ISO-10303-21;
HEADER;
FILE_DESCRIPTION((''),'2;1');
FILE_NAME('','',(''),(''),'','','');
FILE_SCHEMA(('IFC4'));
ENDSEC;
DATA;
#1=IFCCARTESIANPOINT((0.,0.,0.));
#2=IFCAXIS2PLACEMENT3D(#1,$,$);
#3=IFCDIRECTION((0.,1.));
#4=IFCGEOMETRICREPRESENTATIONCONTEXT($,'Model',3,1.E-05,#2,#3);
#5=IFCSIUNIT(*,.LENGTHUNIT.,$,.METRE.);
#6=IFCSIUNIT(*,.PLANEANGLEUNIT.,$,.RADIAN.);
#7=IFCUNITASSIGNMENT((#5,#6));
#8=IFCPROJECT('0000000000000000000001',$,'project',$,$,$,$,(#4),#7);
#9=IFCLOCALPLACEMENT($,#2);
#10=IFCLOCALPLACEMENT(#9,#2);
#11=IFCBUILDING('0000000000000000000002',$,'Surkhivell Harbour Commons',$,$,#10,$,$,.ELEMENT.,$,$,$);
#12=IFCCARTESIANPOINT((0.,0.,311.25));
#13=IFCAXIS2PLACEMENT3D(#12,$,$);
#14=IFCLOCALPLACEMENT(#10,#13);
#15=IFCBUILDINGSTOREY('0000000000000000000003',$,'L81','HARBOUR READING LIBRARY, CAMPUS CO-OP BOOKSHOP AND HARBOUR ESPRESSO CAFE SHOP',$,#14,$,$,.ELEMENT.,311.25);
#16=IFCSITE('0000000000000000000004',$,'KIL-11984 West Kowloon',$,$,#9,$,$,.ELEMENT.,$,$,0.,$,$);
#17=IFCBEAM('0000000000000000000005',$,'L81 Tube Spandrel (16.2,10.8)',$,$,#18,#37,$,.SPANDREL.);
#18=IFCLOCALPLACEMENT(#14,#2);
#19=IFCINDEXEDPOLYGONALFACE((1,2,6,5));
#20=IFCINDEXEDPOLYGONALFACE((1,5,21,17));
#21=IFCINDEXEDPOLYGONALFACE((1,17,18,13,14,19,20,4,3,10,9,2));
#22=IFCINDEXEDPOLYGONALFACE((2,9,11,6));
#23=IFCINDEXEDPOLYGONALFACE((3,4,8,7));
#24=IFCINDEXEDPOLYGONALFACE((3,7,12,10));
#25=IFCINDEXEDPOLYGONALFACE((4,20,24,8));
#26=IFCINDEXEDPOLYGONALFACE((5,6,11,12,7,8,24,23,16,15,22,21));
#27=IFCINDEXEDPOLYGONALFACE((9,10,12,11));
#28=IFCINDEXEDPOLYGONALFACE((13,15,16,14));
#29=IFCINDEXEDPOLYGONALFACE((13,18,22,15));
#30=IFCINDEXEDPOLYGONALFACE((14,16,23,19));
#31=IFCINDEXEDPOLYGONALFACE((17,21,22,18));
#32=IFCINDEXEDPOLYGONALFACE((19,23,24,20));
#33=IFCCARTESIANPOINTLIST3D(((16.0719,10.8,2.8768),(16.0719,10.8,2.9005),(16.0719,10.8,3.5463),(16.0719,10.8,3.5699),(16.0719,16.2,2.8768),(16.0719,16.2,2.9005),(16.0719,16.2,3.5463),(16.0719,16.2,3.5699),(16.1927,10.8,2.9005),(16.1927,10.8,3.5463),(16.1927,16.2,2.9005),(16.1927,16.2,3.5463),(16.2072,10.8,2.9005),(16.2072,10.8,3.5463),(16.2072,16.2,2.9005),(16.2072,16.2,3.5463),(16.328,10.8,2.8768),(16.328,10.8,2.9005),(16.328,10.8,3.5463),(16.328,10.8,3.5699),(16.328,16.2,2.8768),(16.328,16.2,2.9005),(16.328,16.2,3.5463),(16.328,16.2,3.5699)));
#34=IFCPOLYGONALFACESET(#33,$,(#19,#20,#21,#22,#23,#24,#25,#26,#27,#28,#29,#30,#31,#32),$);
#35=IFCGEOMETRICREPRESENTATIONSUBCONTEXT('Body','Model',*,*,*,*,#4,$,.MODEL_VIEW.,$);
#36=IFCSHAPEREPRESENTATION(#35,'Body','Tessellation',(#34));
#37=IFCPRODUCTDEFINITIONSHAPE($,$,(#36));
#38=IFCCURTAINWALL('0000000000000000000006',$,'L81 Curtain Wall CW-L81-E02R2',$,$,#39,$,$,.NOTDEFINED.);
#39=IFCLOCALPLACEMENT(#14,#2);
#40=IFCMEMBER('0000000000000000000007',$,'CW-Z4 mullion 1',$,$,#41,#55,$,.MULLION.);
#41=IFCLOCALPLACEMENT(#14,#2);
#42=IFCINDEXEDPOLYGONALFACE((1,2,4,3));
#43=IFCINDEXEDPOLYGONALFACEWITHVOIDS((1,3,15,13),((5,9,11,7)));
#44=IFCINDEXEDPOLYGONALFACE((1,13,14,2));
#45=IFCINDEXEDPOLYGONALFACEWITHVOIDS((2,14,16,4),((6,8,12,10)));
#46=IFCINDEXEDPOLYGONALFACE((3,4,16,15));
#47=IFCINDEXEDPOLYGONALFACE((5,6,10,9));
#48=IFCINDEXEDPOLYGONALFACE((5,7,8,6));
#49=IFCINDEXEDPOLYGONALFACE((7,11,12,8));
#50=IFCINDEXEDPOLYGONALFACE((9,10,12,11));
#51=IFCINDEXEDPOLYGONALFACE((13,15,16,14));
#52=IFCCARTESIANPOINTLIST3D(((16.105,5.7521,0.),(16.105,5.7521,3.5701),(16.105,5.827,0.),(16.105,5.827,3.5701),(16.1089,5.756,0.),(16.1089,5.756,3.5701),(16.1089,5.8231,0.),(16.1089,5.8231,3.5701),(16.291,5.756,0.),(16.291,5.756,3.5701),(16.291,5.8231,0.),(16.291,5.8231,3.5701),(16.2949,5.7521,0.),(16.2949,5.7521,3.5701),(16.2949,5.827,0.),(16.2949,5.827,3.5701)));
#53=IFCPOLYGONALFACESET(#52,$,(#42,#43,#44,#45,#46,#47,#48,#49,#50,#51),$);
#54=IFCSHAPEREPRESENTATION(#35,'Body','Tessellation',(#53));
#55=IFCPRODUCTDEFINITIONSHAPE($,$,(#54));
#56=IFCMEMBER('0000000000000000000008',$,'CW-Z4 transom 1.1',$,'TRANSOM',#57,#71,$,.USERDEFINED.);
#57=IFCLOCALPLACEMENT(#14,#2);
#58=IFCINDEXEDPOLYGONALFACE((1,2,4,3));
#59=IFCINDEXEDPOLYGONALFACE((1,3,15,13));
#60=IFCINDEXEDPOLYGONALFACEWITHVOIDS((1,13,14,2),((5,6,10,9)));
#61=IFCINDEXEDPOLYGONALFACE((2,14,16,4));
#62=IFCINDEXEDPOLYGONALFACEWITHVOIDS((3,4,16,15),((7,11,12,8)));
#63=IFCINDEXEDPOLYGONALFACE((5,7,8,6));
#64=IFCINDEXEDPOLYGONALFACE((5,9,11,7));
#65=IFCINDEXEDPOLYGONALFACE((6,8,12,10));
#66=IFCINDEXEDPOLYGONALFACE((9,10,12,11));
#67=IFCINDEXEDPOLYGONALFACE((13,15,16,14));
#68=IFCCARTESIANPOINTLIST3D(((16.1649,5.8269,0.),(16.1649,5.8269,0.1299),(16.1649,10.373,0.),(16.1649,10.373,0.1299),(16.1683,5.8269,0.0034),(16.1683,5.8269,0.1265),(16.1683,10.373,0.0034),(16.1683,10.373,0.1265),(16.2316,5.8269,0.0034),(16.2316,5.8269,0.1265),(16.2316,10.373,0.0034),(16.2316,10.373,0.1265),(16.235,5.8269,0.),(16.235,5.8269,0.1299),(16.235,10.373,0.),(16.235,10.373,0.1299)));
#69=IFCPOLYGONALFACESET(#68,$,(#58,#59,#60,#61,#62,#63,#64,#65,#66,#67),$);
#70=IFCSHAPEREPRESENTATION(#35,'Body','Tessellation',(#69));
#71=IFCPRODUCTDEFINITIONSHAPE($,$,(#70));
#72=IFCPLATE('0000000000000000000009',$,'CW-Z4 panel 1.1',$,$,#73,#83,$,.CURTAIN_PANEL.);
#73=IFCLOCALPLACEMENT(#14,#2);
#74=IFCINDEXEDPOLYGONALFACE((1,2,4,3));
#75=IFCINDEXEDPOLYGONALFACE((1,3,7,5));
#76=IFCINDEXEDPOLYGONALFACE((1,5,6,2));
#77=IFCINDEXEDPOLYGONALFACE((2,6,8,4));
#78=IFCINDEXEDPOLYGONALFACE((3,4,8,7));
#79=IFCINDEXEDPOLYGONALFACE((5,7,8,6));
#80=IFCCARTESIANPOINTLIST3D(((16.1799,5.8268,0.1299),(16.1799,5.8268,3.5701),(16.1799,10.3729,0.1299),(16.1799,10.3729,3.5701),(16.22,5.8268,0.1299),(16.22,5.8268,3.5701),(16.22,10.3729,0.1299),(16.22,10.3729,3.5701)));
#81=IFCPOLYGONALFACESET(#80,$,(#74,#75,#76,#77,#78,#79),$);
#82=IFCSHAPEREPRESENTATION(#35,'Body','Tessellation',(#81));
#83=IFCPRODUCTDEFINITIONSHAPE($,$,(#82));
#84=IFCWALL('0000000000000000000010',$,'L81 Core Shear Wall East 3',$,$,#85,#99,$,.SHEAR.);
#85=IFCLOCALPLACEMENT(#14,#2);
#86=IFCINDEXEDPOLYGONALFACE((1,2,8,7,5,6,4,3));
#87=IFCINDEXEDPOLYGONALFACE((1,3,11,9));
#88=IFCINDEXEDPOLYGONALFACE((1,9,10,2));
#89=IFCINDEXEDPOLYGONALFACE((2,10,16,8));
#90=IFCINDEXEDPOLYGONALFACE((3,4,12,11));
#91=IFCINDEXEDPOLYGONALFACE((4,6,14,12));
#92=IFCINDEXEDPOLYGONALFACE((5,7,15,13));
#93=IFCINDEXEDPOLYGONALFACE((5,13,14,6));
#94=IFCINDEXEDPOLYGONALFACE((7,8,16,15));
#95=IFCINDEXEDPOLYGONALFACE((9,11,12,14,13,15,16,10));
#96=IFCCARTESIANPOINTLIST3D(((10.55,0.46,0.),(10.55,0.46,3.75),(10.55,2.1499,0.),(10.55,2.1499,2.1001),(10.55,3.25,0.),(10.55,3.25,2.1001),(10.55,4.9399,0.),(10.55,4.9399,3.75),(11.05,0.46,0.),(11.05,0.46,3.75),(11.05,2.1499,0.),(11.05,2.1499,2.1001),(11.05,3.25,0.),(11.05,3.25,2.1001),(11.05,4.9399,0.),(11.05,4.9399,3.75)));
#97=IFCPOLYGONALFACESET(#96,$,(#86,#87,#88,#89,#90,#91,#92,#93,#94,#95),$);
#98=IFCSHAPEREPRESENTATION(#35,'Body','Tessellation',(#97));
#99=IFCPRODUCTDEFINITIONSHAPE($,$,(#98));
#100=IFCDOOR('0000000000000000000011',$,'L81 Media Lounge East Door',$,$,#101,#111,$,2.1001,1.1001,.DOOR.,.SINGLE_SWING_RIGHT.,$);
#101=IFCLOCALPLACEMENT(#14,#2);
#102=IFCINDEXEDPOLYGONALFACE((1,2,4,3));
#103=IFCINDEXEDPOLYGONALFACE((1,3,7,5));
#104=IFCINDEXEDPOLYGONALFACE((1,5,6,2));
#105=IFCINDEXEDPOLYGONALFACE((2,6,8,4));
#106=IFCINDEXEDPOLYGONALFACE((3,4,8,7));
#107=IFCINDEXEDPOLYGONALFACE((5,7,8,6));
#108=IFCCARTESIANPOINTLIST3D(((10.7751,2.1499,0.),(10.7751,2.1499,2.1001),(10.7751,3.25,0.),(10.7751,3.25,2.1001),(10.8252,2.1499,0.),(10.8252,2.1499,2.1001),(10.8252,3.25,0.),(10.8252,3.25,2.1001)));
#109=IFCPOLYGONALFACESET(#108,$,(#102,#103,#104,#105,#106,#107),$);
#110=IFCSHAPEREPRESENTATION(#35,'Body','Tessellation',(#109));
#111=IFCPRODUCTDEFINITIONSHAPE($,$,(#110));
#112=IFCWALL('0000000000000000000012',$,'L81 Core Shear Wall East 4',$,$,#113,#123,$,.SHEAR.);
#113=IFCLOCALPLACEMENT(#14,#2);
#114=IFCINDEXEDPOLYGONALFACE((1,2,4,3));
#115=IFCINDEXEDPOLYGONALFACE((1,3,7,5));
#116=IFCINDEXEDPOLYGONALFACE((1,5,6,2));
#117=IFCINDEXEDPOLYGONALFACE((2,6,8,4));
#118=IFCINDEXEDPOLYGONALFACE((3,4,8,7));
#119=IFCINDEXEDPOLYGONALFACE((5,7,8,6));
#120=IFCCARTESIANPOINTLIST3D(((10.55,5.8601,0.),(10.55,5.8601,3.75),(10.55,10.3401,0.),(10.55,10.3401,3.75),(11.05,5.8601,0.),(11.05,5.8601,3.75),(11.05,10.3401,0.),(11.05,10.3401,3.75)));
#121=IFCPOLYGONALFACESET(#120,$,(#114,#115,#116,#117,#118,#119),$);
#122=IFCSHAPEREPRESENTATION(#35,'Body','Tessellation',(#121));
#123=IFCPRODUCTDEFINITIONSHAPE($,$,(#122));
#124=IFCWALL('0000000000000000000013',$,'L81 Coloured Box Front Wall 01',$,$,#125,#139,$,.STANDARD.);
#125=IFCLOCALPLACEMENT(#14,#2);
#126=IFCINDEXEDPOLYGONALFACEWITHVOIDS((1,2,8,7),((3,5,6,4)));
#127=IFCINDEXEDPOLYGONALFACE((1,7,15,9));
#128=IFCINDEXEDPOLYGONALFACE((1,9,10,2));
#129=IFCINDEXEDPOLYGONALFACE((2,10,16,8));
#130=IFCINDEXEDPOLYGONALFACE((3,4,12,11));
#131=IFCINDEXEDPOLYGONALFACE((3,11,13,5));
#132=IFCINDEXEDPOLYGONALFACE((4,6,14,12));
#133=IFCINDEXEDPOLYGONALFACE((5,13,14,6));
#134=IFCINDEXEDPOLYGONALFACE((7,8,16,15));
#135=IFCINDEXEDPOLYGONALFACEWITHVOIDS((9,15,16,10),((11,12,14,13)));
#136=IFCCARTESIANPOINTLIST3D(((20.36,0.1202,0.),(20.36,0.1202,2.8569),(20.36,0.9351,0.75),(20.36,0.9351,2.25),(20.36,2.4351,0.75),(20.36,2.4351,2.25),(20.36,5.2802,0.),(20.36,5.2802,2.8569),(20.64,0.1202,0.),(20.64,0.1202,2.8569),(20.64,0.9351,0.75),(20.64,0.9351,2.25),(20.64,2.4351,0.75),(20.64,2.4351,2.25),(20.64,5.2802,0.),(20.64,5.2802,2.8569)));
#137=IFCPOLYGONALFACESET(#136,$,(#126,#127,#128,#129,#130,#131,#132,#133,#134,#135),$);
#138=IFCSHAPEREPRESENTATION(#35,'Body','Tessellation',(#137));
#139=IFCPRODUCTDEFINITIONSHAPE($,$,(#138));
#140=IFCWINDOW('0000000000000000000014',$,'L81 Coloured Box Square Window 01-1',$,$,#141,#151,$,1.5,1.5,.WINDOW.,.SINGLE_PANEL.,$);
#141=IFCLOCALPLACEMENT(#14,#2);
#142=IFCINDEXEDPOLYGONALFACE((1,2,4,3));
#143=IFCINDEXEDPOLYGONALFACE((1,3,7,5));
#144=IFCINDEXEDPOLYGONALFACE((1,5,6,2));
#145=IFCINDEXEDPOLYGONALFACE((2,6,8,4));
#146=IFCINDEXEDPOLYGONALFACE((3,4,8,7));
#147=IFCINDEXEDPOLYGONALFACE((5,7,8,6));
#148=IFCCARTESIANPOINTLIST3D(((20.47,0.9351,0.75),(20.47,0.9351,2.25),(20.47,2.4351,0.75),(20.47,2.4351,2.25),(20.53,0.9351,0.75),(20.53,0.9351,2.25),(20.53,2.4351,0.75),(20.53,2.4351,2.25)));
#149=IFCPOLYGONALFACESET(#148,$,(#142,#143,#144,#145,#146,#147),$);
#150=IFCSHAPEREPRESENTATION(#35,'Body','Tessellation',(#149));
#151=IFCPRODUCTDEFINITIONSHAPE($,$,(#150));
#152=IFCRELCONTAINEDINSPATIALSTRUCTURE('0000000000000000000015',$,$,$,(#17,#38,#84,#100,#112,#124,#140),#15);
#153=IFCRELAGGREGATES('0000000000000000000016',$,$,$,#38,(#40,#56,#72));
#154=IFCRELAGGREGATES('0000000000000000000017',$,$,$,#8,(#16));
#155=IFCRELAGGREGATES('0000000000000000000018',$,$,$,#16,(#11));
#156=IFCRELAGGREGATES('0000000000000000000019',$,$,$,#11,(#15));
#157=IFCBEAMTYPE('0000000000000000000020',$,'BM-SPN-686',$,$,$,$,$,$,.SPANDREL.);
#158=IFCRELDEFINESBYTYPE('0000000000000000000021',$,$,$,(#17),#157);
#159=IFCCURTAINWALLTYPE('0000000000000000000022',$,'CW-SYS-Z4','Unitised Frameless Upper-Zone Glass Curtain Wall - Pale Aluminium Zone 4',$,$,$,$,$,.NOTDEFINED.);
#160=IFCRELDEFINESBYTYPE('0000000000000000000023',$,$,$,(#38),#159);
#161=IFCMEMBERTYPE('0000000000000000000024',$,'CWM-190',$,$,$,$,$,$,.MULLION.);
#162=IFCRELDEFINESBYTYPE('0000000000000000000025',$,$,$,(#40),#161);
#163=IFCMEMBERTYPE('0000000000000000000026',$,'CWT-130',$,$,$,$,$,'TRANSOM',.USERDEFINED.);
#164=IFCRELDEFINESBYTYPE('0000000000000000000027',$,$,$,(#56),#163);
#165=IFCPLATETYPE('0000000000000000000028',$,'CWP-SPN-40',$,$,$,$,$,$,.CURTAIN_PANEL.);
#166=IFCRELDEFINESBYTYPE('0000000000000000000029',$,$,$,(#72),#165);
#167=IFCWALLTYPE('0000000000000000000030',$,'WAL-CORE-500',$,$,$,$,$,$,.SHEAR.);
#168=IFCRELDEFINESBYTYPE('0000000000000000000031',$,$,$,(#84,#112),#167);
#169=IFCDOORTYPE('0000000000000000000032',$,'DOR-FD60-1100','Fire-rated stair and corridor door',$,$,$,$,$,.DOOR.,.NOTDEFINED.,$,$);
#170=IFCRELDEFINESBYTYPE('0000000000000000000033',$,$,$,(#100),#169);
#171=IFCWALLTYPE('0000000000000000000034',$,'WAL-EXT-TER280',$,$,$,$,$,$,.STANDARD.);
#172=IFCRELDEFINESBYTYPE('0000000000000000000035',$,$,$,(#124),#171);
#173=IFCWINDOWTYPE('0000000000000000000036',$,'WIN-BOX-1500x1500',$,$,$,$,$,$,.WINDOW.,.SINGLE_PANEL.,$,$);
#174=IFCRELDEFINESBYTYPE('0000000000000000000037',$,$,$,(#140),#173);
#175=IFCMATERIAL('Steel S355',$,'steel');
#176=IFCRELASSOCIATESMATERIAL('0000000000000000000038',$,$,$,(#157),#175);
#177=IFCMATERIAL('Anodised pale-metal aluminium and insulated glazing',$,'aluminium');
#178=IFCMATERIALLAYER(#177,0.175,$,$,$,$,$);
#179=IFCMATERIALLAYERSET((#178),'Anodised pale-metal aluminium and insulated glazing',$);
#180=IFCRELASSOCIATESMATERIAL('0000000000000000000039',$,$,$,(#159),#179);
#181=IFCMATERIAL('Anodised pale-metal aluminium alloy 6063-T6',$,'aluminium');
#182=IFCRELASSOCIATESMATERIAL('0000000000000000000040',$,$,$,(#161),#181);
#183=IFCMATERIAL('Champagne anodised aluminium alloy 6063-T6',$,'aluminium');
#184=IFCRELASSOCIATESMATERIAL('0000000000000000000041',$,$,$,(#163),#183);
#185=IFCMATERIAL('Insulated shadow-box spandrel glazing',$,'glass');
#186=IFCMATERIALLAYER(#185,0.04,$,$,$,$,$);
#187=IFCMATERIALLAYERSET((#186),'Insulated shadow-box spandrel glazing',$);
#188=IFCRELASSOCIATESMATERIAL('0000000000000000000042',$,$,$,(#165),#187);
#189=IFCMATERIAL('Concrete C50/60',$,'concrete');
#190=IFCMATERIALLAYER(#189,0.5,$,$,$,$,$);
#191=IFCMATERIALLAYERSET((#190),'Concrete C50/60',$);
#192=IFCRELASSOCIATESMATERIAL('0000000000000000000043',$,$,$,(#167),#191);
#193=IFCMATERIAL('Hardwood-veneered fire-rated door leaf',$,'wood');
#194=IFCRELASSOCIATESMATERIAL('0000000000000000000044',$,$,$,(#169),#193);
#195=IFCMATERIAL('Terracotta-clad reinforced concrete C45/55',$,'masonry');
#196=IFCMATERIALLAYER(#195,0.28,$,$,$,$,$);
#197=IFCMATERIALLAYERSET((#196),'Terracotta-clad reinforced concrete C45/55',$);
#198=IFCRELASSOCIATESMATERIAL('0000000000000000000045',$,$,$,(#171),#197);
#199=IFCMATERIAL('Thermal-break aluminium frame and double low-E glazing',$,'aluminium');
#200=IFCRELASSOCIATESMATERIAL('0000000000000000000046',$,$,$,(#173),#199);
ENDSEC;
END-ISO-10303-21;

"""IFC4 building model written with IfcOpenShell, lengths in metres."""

from ifc_helpers import new_model, si_unit, direction, frame, frame_2d, origin, origin_2d, place, context, subcontext, project, spatial, rectangle, hollow_rectangle, i_section, extrude, material, layer, layer_set, material_profile, profile_set, type_object, element, fill, aggregate, save


model = new_model("IFC4")

# Units and contexts
model_context = context("Model", 3, precision=1e-05, world=origin(), true_north=direction((0.0, 1.0)))
body_context = subcontext(model_context, "Body", "Model", "MODEL_VIEW")
ifc_project = project(units=[si_unit("LENGTHUNIT", "METRE"), si_unit("PLANEANGLEUNIT", "RADIAN")], contexts=[model_context])

# Site, building, storey
site_placement = place(None, origin())
site = spatial("IfcSite", under=ifc_project, at=site_placement, Name="KIL-11984 West Kowloon", CompositionType="ELEMENT", RefElevation=0.0)
building_placement = place(site_placement, origin())
building = spatial("IfcBuilding", under=site, at=building_placement, Name="Surkhivell Harbour Commons", CompositionType="ELEMENT")
storey_placement = place(building_placement, frame((0.0, 0.0, 311.25)))
storey = spatial("IfcBuildingStorey", under=building, at=storey_placement, Name="L81", Description="HARBOUR READING LIBRARY, CAMPUS CO-OP BOOKSHOP AND HARBOUR ESPRESSO CAFE SHOP", CompositionType="ELEMENT", Elevation=311.25)

# Shared definitions
ifc_material_1 = material(Name="Concrete C50/60", Category="concrete")

# Beam
ifc_material_2 = material(Name="Steel S355", Category="steel")
ifc_material_profile_1 = material_profile(ifc_material_2, i_section(OverallWidth=0.2561, OverallDepth=0.6931, WebThickness=0.0144, FlangeThickness=0.0237, at=origin_2d()), Name="UB686x254x170")
ifc_profile_set_1 = profile_set([ifc_material_profile_1], Name="Steel S355")
beam_type_1 = type_object("IfcBeamType", Name="BM-SPN-686", PredefinedType="SPANDREL", material=ifc_profile_set_1)
beam_1_placement = place(storey_placement, frame((16.2, 10.8, 3.2234), z_axis=(0.0, 1.0, 0.0), x_axis=(-1.0, 0.0, 0.0)))
element("IfcBeam", 1, at=beam_1_placement, inside=storey, type_object=beam_type_1, Name="L81 Tube Spandrel (16.2,10.8)", PredefinedType="SPANDREL", context=body_context, shape_type="SweptSolid", body=[
    extrude(i_section(OverallWidth=0.2561, OverallDepth=0.6931, WebThickness=0.0144, FlangeThickness=0.0237, at=origin_2d()), origin(), (0.0, 0.0, 1.0), 5.3999),
])

# Curtain wall, members, plate
ifc_material_3 = material(Name="Anodised pale-metal aluminium and insulated glazing", Category="aluminium")
ifc_layer_1 = layer(ifc_material_3, 0.175)
ifc_layer_set_1 = layer_set([ifc_layer_1], Name="Anodised pale-metal aluminium and insulated glazing")
curtain_wall_type = type_object("IfcCurtainWallType", Name="CW-SYS-Z4", Description="Unitised Frameless Upper-Zone Glass Curtain Wall - Pale Aluminium Zone 4", PredefinedType="NOTDEFINED", material=ifc_layer_set_1)
curtain_wall_placement = place(storey_placement, origin())
curtain_wall = element("IfcCurtainWall", 2, at=curtain_wall_placement, inside=storey, type_object=curtain_wall_type, Name="L81 Curtain Wall CW-L81-E02R2", PredefinedType="NOTDEFINED")
ifc_material_4 = material(Name="Anodised pale-metal aluminium alloy 6063-T6", Category="aluminium")
ifc_material_profile_2 = material_profile(ifc_material_4, hollow_rectangle(XDim=0.075, YDim=0.1899, WallThickness=0.0039, at=origin_2d()), Name="ALU-MULL-75x190")
ifc_profile_set_2 = profile_set([ifc_material_profile_2], Name="Anodised pale-metal aluminium alloy 6063-T6")
member_type_1 = type_object("IfcMemberType", Name="CWM-190", PredefinedType="MULLION", material=ifc_profile_set_2)
member_1_placement = place(storey_placement, frame((16.2, 5.7896, 0.0), z_axis=(0.0, 0.0, 1.0), x_axis=(0.0, 1.0, 0.0)))
member_1 = element("IfcMember", 3, at=member_1_placement, type_object=member_type_1, Name="CW-Z4 mullion 1", PredefinedType="MULLION", context=body_context, shape_type="SweptSolid", body=[
    extrude(hollow_rectangle(XDim=0.075, YDim=0.1899, WallThickness=0.0039, at=origin_2d()), origin(), (0.0, 0.0, 1.0), 3.5701),
])
ifc_material_5 = material(Name="Champagne anodised aluminium alloy 6063-T6", Category="aluminium")
ifc_material_profile_3 = material_profile(ifc_material_5, hollow_rectangle(XDim=0.0701, YDim=0.1299, WallThickness=0.0034, at=origin_2d()), Name="ALU-TRAN-70x130")
ifc_profile_set_3 = profile_set([ifc_material_profile_3], Name="Champagne anodised aluminium alloy 6063-T6")
member_type_2 = type_object("IfcMemberType", Name="CWT-130", ElementType="TRANSOM", PredefinedType="USERDEFINED", material=ifc_profile_set_3)
member_2_placement = place(storey_placement, frame((16.2, 5.8269, 0.0649), z_axis=(0.0, 1.0, 0.0), x_axis=(-1.0, 0.0, 0.0)))
member_2 = element("IfcMember", 4, at=member_2_placement, type_object=member_type_2, Name="CW-Z4 transom 1.1", ObjectType="TRANSOM", PredefinedType="USERDEFINED", context=body_context, shape_type="SweptSolid", body=[
    extrude(hollow_rectangle(XDim=0.0701, YDim=0.1299, WallThickness=0.0034, at=origin_2d()), origin(), (0.0, 0.0, 1.0), 4.5461),
])
ifc_material_6 = material(Name="Insulated shadow-box spandrel glazing", Category="glass")
ifc_layer_2 = layer(ifc_material_6, 0.04)
ifc_layer_set_2 = layer_set([ifc_layer_2], Name="Insulated shadow-box spandrel glazing")
plate_type = type_object("IfcPlateType", Name="CWP-SPN-40", PredefinedType="CURTAIN_PANEL", material=ifc_layer_set_2)
plate_placement = place(storey_placement, frame((16.2, 5.8269, 0.1299), z_axis=(0.0, 0.0, 1.0), x_axis=(0.0, 1.0, 0.0)))
plate = element("IfcPlate", 5, at=plate_placement, type_object=plate_type, Name="CW-Z4 panel 1.1", PredefinedType="CURTAIN_PANEL", context=body_context, shape_type="SweptSolid", body=[
    extrude(rectangle(XDim=4.5461, YDim=0.04, at=frame_2d((2.2729, 0.0))), origin(), (0.0, 0.0, 1.0), 3.4402),
])
aggregate(curtain_wall, [member_1, member_2, plate])

# Wall, opening, door
ifc_layer_3 = layer(ifc_material_1, 0.5)
ifc_layer_set_3 = layer_set([ifc_layer_3], Name="Concrete C50/60")
wall_type_1 = type_object("IfcWallType", Name="WAL-CORE-500", PredefinedType="SHEAR", material=ifc_layer_set_3)
wall_1_placement = place(storey_placement, frame((10.8, 0.46, 0.0), z_axis=(0.0, 0.0, 1.0), x_axis=(0.0, 1.0, 0.0)))
wall_1 = element("IfcWall", 6, at=wall_1_placement, inside=storey, type_object=wall_type_1, Name="L81 Core Shear Wall East 3", PredefinedType="SHEAR", context=body_context, shape_type="SweptSolid", body=[
    extrude(rectangle(XDim=4.48, YDim=0.5, at=frame_2d((2.24, 0.0))), origin(), (0.0, 0.0, 1.0), 3.75),
])
opening_1_placement = place(wall_1_placement, frame((1.6899, 0.0, 0.0)))
opening_1 = element("IfcOpeningElement", 7, at=opening_1_placement, cuts=wall_1, PredefinedType="OPENING", context=body_context, shape_type="SweptSolid", body=[
    extrude(rectangle(XDim=1.1001, YDim=2.1001, at=frame_2d((0.55, 1.05))), frame((0.0, 0.26, 0.0), z_axis=(0.0, -1.0, 0.0), x_axis=(1.0, 0.0, 0.0)), (0.0, 0.0, 1.0), 0.52),
])
ifc_material_7 = material(Name="Hardwood-veneered fire-rated door leaf", Category="wood")
door_type = type_object("IfcDoorType", Name="DOR-FD60-1100", Description="Fire-rated stair and corridor door", OperationType="NOTDEFINED", PredefinedType="DOOR", material=ifc_material_7)
door_placement = place(opening_1_placement, origin())
door = element("IfcDoor", 8, at=door_placement, inside=storey, type_object=door_type, Name="L81 Media Lounge East Door", OperationType="SINGLE_SWING_RIGHT", OverallHeight=2.1001, OverallWidth=1.1001, PredefinedType="DOOR", context=body_context, shape_type="SweptSolid", body=[
    extrude(rectangle(XDim=1.1001, YDim=2.1001, at=frame_2d((0.55, 1.05))), frame((0.0, 0.0249, 0.0), z_axis=(0.0, -1.0, 0.0), x_axis=(1.0, 0.0, 0.0)), (0.0, 0.0, 1.0), 0.05),
])
fill(opening_1, door)

# Wall
wall_2_placement = place(storey_placement, frame((10.8, 5.8601, 0.0), z_axis=(0.0, 0.0, 1.0), x_axis=(0.0, 1.0, 0.0)))
element("IfcWall", 9, at=wall_2_placement, inside=storey, type_object=wall_type_1, Name="L81 Core Shear Wall East 4", PredefinedType="SHEAR", context=body_context, shape_type="SweptSolid", body=[
    extrude(rectangle(XDim=4.48, YDim=0.5, at=frame_2d((2.24, 0.0))), origin(), (0.0, 0.0, 1.0), 3.75),
])

# Wall, opening, window
ifc_material_8 = material(Name="Terracotta-clad reinforced concrete C45/55", Category="masonry")
ifc_layer_4 = layer(ifc_material_8, 0.28)
ifc_layer_set_4 = layer_set([ifc_layer_4], Name="Terracotta-clad reinforced concrete C45/55")
wall_type_2 = type_object("IfcWallType", Name="WAL-EXT-TER280", PredefinedType="STANDARD", material=ifc_layer_set_4)
wall_3_placement = place(storey_placement, frame((20.5, 0.1201, 0.0), z_axis=(0.0, 0.0, 1.0), x_axis=(0.0, 1.0, 0.0)))
wall_3 = element("IfcWall", 10, at=wall_3_placement, inside=storey, type_object=wall_type_2, Name="L81 Coloured Box Front Wall 01", PredefinedType="STANDARD", context=body_context, shape_type="SweptSolid", body=[
    extrude(rectangle(XDim=5.1599, YDim=0.28, at=frame_2d((2.5801, 0.0))), origin(), (0.0, 0.0, 1.0), 2.8569),
])
opening_2_placement = place(wall_3_placement, frame((0.8149, 0.0, 0.75)))
opening_2 = element("IfcOpeningElement", 11, at=opening_2_placement, cuts=wall_3, PredefinedType="OPENING", context=body_context, shape_type="SweptSolid", body=[
    extrude(rectangle(XDim=1.5, YDim=1.5, at=frame_2d((0.75, 0.75))), frame((0.0, 0.1499, 0.0), z_axis=(0.0, -1.0, 0.0), x_axis=(1.0, 0.0, 0.0)), (0.0, 0.0, 1.0), 0.3),
])
ifc_material_9 = material(Name="Thermal-break aluminium frame and double low-E glazing", Category="aluminium")
window_type_1 = type_object("IfcWindowType", Name="WIN-BOX-1500x1500", PartitioningType="SINGLE_PANEL", PredefinedType="WINDOW", material=ifc_material_9)
window_1_placement = place(opening_2_placement, origin())
window_1 = element("IfcWindow", 12, at=window_1_placement, inside=storey, type_object=window_type_1, Name="L81 Coloured Box Square Window 01-1", OverallHeight=1.5, OverallWidth=1.5, PartitioningType="SINGLE_PANEL", PredefinedType="WINDOW", context=body_context, shape_type="SweptSolid", body=[
    extrude(rectangle(XDim=1.5, YDim=1.5, at=frame_2d((0.75, 0.75))), frame((0.0, 0.03, 0.0), z_axis=(0.0, -1.0, 0.0), x_axis=(1.0, 0.0, 0.0)), (0.0, 0.0, 1.0), 0.0601),
])
fill(opening_2, window_1)

save(model, "model.ifc")
